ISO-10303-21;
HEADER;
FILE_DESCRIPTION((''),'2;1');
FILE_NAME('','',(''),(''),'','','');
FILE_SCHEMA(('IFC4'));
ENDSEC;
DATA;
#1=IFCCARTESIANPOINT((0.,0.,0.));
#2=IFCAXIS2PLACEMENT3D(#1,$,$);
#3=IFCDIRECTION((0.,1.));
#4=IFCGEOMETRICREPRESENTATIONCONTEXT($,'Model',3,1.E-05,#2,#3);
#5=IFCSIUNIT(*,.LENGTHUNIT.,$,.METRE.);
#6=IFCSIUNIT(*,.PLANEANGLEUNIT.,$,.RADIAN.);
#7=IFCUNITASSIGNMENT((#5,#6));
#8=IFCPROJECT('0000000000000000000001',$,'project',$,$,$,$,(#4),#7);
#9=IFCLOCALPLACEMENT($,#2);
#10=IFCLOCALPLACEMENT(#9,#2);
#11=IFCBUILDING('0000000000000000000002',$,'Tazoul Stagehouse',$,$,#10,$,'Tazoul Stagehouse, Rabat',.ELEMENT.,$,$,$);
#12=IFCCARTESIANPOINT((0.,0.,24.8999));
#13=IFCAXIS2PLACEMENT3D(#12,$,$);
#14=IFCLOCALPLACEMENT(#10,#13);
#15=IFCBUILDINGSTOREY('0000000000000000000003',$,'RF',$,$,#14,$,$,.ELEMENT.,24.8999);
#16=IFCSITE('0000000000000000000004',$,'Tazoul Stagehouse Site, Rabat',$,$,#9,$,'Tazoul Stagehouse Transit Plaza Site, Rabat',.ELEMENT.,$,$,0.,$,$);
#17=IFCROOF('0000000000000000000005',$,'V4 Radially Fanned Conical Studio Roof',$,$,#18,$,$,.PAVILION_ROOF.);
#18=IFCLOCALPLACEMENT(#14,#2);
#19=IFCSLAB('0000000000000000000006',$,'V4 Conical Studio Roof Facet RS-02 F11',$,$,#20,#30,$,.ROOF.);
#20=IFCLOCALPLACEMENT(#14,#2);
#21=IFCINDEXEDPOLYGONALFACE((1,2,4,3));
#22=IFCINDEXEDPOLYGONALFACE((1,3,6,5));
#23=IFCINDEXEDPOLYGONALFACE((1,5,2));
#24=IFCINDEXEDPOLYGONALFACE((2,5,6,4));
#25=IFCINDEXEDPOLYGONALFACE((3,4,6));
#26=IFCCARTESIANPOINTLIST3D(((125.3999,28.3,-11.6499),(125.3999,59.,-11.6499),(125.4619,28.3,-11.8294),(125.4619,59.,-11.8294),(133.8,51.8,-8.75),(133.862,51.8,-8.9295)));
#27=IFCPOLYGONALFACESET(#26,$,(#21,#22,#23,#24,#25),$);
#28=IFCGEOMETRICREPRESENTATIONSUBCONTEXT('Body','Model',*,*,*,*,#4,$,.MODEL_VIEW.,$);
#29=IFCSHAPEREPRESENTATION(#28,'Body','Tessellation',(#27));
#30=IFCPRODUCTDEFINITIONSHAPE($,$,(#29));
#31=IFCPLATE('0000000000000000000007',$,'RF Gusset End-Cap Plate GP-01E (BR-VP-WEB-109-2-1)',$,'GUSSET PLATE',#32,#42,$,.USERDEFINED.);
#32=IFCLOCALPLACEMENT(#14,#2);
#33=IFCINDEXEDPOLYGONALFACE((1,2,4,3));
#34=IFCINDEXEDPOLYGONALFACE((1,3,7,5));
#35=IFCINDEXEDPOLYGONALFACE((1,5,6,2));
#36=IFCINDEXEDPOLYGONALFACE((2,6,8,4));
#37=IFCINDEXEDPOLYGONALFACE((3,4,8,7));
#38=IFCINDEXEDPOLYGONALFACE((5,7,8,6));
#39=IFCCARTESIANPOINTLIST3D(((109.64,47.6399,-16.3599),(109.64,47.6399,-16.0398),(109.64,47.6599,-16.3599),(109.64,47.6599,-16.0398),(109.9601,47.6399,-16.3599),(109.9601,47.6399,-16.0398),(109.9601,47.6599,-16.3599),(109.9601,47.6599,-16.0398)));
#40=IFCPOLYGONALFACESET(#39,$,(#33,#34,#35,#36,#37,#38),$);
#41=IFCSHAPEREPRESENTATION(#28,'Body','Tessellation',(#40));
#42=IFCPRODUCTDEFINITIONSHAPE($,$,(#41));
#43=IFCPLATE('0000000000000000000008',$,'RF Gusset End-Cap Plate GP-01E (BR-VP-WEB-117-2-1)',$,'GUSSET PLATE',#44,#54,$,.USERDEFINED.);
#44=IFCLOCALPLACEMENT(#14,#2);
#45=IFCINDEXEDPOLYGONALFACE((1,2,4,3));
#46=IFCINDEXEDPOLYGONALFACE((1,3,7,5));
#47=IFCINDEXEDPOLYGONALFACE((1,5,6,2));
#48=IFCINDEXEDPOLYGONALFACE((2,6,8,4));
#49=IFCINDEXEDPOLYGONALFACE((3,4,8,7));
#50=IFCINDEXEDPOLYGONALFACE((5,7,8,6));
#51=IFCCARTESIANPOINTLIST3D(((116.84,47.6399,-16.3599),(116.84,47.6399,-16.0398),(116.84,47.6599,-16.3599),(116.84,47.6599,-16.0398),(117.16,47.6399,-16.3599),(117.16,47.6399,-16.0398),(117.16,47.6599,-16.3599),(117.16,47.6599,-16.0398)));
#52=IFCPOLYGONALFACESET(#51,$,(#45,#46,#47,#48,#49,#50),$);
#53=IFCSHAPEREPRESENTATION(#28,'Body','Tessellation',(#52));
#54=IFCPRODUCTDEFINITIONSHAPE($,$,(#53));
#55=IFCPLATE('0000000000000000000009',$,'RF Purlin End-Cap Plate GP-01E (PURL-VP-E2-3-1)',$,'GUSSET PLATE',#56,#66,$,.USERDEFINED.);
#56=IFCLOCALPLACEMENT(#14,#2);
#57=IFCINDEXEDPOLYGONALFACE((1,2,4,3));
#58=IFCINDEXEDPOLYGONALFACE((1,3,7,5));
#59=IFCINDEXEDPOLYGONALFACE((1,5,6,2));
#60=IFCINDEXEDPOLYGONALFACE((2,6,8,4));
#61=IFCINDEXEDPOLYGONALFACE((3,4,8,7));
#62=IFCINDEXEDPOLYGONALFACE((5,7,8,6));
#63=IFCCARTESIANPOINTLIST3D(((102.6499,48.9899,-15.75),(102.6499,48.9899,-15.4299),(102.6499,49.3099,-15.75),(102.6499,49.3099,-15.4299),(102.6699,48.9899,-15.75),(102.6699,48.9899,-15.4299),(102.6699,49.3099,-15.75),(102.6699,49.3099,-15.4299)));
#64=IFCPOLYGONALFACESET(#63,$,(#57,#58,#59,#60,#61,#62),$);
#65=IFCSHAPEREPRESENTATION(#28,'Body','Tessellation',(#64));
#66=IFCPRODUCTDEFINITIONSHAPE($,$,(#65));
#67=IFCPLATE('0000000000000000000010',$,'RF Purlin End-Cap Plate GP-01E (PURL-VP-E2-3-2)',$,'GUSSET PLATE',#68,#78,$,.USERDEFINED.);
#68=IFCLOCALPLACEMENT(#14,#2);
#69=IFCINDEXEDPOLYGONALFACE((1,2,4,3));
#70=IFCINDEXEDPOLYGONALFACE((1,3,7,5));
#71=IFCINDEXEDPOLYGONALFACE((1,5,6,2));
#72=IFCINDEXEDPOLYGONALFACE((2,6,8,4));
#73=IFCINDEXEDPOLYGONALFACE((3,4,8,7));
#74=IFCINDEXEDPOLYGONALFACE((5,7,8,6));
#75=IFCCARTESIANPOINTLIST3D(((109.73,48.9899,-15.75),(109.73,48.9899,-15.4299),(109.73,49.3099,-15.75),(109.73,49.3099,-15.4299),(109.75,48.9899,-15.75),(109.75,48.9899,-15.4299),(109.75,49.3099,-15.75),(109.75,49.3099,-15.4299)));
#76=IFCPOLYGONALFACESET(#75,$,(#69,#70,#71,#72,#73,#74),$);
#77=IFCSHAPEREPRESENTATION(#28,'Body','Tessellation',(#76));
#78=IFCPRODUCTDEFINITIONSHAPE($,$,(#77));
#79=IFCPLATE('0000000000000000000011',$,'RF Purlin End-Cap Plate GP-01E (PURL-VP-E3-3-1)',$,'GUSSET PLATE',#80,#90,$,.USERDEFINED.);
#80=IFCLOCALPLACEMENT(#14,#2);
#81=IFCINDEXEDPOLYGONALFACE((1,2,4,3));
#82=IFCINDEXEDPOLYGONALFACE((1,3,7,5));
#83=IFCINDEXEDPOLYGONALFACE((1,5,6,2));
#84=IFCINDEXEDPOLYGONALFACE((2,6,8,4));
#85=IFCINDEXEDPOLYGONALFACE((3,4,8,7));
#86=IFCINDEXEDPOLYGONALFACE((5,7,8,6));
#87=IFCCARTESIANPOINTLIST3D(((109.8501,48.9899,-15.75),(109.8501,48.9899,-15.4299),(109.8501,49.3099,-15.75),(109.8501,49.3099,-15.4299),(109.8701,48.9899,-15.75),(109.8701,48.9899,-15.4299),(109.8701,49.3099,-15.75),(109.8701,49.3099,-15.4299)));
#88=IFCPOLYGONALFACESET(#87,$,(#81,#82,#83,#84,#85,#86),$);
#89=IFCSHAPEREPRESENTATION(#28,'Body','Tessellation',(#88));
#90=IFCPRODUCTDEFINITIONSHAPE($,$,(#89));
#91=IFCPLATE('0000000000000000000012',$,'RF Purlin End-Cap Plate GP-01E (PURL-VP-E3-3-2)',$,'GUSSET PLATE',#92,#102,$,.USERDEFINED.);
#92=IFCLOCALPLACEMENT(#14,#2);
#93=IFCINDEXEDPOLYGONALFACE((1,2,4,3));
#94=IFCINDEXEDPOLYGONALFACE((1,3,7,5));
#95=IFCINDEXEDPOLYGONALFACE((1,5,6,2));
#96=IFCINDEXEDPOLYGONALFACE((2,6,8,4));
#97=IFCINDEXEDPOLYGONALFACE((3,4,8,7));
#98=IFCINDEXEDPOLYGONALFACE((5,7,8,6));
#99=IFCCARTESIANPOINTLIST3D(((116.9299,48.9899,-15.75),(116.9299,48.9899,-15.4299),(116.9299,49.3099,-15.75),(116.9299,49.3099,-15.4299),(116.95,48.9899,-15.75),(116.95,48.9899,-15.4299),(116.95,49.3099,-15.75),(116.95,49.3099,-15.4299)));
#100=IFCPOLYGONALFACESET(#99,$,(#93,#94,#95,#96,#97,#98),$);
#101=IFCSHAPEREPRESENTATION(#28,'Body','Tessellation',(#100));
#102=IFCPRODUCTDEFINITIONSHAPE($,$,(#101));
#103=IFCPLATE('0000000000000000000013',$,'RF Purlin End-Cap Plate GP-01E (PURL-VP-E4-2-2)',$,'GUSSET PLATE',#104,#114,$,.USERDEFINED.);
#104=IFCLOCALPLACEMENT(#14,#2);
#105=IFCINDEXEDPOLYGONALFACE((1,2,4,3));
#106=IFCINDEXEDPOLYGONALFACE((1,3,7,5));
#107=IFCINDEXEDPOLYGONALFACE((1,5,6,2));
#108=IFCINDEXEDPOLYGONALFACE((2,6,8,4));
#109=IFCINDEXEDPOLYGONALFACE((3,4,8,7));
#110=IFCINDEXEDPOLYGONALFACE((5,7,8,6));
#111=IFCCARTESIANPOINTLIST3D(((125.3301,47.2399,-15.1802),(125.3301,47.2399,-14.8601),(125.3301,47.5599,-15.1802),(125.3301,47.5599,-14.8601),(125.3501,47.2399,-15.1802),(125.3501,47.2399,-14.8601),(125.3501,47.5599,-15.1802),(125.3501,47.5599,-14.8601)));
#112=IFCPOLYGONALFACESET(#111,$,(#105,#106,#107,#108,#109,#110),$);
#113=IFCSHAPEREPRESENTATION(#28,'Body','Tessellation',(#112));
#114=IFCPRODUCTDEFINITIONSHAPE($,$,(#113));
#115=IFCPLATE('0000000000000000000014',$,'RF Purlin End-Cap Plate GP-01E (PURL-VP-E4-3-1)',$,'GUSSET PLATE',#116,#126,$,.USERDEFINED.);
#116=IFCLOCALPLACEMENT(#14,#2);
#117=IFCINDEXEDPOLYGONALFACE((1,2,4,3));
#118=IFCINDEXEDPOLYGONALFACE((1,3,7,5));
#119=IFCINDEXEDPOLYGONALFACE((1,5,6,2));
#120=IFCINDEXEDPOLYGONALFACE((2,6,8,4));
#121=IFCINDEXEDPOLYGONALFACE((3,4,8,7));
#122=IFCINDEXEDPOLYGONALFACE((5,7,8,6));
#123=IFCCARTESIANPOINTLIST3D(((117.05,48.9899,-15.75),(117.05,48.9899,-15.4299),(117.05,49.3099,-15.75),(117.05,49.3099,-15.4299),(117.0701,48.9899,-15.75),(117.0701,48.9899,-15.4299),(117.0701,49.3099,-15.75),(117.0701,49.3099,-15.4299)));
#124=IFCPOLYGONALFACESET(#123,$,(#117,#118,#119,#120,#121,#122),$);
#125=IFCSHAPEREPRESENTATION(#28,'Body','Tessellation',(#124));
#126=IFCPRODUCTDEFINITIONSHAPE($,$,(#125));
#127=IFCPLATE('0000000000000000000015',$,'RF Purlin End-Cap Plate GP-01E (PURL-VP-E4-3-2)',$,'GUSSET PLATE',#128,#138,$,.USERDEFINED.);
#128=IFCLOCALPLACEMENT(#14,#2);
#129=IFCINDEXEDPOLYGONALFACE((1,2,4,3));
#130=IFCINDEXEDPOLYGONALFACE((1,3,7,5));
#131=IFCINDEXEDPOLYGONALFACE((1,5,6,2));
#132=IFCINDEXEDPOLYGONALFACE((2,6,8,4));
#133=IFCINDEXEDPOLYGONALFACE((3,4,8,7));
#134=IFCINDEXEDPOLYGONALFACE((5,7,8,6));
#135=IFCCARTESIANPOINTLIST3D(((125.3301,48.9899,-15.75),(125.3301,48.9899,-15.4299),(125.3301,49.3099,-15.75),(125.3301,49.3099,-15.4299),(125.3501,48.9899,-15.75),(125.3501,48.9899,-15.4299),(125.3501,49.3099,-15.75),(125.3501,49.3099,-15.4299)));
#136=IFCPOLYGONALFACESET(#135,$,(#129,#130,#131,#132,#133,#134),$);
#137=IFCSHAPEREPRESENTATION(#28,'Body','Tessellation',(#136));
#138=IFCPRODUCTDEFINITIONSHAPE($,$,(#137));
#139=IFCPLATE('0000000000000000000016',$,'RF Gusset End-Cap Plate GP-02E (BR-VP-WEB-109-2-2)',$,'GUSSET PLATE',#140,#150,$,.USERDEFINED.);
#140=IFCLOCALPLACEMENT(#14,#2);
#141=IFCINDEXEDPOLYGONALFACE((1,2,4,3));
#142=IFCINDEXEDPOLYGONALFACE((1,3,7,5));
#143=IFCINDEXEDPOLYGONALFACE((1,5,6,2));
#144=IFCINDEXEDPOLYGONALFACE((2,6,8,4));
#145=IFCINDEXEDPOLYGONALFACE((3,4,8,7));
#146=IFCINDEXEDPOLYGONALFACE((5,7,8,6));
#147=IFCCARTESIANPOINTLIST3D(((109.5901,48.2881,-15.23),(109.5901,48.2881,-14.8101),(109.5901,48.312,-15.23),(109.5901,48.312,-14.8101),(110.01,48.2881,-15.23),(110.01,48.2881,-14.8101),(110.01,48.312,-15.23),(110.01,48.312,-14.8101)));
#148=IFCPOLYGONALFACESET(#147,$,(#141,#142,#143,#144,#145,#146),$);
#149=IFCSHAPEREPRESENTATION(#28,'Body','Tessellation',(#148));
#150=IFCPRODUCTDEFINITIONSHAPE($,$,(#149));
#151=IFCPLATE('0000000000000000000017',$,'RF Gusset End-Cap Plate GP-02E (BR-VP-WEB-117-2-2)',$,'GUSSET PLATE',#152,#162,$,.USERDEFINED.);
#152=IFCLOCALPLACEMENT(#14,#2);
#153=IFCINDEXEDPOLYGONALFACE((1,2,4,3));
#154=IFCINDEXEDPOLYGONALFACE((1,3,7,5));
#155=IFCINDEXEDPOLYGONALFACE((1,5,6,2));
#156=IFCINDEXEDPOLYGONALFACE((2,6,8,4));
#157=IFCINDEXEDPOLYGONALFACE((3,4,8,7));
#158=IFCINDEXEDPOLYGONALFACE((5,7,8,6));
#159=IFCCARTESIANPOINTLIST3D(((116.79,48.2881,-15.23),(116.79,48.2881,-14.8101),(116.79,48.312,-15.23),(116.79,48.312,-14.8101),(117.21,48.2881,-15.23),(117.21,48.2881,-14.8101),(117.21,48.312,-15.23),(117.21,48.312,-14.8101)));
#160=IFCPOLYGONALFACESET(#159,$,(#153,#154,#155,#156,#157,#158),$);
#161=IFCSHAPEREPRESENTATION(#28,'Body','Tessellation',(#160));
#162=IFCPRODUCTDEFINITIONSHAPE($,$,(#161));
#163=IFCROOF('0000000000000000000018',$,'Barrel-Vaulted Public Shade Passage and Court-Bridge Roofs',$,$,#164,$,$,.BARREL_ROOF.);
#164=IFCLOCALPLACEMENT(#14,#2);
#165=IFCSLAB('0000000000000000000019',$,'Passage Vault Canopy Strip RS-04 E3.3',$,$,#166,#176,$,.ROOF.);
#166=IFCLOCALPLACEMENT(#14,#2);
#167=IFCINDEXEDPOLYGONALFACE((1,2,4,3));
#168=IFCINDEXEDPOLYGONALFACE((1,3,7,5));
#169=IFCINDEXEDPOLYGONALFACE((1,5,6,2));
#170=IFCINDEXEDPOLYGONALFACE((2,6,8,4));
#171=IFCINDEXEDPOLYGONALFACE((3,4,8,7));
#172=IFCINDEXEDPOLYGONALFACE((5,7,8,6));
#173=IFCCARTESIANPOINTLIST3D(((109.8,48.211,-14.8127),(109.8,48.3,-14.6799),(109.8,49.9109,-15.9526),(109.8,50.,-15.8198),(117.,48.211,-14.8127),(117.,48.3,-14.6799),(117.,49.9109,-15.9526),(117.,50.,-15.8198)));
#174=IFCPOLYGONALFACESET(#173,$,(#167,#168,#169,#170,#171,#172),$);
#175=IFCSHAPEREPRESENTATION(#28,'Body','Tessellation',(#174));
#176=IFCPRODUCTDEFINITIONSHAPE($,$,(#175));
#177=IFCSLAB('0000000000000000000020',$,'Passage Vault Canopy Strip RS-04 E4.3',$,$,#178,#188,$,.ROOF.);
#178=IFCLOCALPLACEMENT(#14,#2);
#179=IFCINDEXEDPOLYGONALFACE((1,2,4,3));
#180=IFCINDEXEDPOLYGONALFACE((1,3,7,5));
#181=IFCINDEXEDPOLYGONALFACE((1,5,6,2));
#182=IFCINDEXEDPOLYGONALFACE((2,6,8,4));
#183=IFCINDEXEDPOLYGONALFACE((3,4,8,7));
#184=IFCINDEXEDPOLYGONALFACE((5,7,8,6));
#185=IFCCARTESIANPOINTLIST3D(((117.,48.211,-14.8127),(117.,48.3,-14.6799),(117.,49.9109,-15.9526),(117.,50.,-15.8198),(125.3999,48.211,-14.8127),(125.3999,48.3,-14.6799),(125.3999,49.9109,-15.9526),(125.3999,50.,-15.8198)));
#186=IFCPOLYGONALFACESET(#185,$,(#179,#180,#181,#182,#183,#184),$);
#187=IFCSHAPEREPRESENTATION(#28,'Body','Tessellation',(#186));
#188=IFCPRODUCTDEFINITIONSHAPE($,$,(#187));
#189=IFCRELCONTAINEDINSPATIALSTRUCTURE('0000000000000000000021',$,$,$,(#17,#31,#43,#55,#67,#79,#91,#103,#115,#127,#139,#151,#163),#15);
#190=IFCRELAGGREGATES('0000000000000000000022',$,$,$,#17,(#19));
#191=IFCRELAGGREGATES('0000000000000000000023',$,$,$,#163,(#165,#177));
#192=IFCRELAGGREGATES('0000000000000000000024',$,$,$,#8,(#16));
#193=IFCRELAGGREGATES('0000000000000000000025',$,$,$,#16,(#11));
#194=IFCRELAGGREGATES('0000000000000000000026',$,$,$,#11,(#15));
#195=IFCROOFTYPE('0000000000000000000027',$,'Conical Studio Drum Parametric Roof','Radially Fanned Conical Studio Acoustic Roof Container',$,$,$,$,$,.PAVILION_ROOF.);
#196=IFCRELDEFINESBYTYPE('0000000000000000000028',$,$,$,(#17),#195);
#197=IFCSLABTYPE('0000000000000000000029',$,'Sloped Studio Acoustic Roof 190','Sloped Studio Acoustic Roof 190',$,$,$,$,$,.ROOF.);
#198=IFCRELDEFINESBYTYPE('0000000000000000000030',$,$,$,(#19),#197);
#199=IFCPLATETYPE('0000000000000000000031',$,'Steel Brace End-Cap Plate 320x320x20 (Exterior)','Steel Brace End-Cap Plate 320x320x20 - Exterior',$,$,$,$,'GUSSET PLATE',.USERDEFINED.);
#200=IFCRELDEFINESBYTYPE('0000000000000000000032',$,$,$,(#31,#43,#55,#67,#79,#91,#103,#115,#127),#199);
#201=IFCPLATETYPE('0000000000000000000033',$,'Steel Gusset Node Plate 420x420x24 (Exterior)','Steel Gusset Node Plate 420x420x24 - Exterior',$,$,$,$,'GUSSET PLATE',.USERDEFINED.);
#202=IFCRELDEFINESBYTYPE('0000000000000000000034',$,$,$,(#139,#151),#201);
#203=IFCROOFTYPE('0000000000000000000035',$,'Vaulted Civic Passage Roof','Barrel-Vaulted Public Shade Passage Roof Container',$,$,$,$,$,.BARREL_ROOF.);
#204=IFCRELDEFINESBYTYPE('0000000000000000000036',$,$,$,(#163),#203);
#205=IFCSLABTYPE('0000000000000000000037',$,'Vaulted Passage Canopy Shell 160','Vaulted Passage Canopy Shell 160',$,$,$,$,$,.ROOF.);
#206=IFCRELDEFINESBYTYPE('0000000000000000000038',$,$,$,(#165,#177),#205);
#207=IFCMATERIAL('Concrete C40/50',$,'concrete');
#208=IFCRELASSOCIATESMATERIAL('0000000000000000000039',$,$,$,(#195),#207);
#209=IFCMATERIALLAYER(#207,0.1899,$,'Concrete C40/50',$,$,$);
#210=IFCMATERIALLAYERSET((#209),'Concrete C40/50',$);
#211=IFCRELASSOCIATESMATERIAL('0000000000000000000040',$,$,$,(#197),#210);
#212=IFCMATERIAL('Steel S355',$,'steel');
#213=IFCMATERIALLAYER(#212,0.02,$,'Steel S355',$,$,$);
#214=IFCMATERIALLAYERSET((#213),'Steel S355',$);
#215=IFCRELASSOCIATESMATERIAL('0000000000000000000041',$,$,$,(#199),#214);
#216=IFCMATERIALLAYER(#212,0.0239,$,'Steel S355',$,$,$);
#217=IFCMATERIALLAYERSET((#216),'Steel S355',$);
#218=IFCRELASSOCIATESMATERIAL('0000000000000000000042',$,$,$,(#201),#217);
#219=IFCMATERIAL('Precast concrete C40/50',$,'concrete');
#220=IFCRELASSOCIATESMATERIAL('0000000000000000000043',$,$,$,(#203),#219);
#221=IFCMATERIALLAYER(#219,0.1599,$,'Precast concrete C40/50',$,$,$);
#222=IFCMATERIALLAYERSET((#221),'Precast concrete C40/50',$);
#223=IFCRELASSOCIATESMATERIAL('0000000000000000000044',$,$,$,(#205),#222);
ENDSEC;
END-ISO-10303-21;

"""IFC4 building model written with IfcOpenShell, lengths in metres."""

from ifc_helpers import new_model, si_unit, direction, frame, origin, origin_2d, place, context, subcontext, project, spatial, polyline, rectangle, outline, extrude, material, layer, layer_set, type_object, element, aggregate, save


model = new_model("IFC4")

# Units and contexts
model_context = context("Model", 3, precision=1e-05, world=origin(), true_north=direction((0.0, 1.0)))
body_context = subcontext(model_context, "Body", "Model", "MODEL_VIEW")
ifc_project = project(units=[si_unit("LENGTHUNIT", "METRE"), si_unit("PLANEANGLEUNIT", "RADIAN")], contexts=[model_context])

# Site, building, storey
site_placement = place(None, origin())
site = spatial("IfcSite", under=ifc_project, at=site_placement, Name="Tazoul Stagehouse Site, Rabat", LongName="Tazoul Stagehouse Transit Plaza Site, Rabat", CompositionType="ELEMENT", RefElevation=0.0)
building_placement = place(site_placement, origin())
building = spatial("IfcBuilding", under=site, at=building_placement, Name="Tazoul Stagehouse", LongName="Tazoul Stagehouse, Rabat", CompositionType="ELEMENT")
storey_placement = place(building_placement, frame((0.0, 0.0, 24.8999)))
storey = spatial("IfcBuildingStorey", under=building, at=storey_placement, Name="RF", CompositionType="ELEMENT", Elevation=24.8999)

# Shared definitions
ifc_material_1 = material(Name="Concrete C40/50", Category="concrete")

# Shared definitions
ifc_material_2 = material(Name="Steel S355", Category="steel")

# Roof, slab
roof_type_1 = type_object("IfcRoofType", Name="Conical Studio Drum Parametric Roof", Description="Radially Fanned Conical Studio Acoustic Roof Container", PredefinedType="PAVILION_ROOF", material=ifc_material_1)
roof_1_placement = place(storey_placement, origin())
roof_1 = element("IfcRoof", 1, at=roof_1_placement, inside=storey, type_object=roof_type_1, Name="V4 Radially Fanned Conical Studio Roof", PredefinedType="PAVILION_ROOF")
ifc_layer_1 = layer(ifc_material_1, 0.1899, Name="Concrete C40/50")
ifc_layer_set_1 = layer_set([ifc_layer_1], Name="Concrete C40/50")
slab_type_1 = type_object("IfcSlabType", Name="Sloped Studio Acoustic Roof 190", Description="Sloped Studio Acoustic Roof 190", PredefinedType="ROOF", material=ifc_layer_set_1)
slab_1_placement = place(storey_placement, frame((133.8, 51.8, -8.75), z_axis=(-0.326323, 0.0, 0.945258), x_axis=(-0.334346, -0.935356, -0.115423)))
slab_1 = element("IfcSlab", 2, at=slab_1_placement, type_object=slab_type_1, Name="V4 Conical Studio Roof Facet RS-02 F11", PredefinedType="ROOF", context=body_context, shape_type="SweptSolid", body=[
    extrude(outline(polyline([(0.0, 0.0), (25.1241, 0.0), (-3.5912, -10.8588), (0.0, 0.0)])), origin(), (0.0, 0.0, -1.0), 0.1899),
])
aggregate(roof_1, [slab_1])

# Plates
ifc_layer_2 = layer(ifc_material_2, 0.02, Name="Steel S355")
ifc_layer_set_2 = layer_set([ifc_layer_2], Name="Steel S355")
plate_type_1 = type_object("IfcPlateType", Name="Steel Brace End-Cap Plate 320x320x20 (Exterior)", Description="Steel Brace End-Cap Plate 320x320x20 - Exterior", ElementType="GUSSET PLATE", PredefinedType="USERDEFINED", material=ifc_layer_set_2)
for number, where, z_axis, x_axis, name in (
    (3, (109.8, 47.6499, -16.3599), (0.0, 0.0, 1.0), (0.0, 1.0, 0.0), "RF Gusset End-Cap Plate GP-01E (BR-VP-WEB-109-2-1)"),
    (4, (117.0, 47.6499, -16.3599), (0.0, 0.0, 1.0), (0.0, 1.0, 0.0), "RF Gusset End-Cap Plate GP-01E (BR-VP-WEB-117-2-1)"),
    (5, (102.6599, 49.1499, -15.75), (0.0, 0.0, 1.0), (1.0, 0.0, 0.0), "RF Purlin End-Cap Plate GP-01E (PURL-VP-E2-3-1)"),
    (6, (109.74, 49.1499, -15.75), (0.0, 0.0, 1.0), (1.0, 0.0, 0.0), "RF Purlin End-Cap Plate GP-01E (PURL-VP-E2-3-2)"),
    (7, (109.8601, 49.1499, -15.75), (0.0, 0.0, 1.0), (1.0, 0.0, 0.0), "RF Purlin End-Cap Plate GP-01E (PURL-VP-E3-3-1)"),
    (8, (116.9399, 49.1499, -15.75), (0.0, 0.0, 1.0), (1.0, 0.0, 0.0), "RF Purlin End-Cap Plate GP-01E (PURL-VP-E3-3-2)"),
    (9, (125.3401, 47.3999, -15.1802), (0.0, 0.0, 1.0), (1.0, 0.0, 0.0), "RF Purlin End-Cap Plate GP-01E (PURL-VP-E4-2-2)"),
    (10, (117.0601, 49.1499, -15.75), (0.0, 0.0, 1.0), (1.0, 0.0, 0.0), "RF Purlin End-Cap Plate GP-01E (PURL-VP-E4-3-1)"),
    (11, (125.3401, 49.1499, -15.75), (0.0, 0.0, 1.0), (1.0, 0.0, 0.0), "RF Purlin End-Cap Plate GP-01E (PURL-VP-E4-3-2)"),
):
    element("IfcPlate", number, at=place(storey_placement, frame(where, z_axis=z_axis, x_axis=x_axis)), inside=storey, type_object=plate_type_1, Name=name, ObjectType="GUSSET PLATE", PredefinedType="USERDEFINED", context=body_context, shape_type="SweptSolid", body=[
        extrude(rectangle(XDim=0.02, YDim=0.3201, at=origin_2d()), origin(), (0.0, 0.0, 1.0), 0.3201),
    ])
ifc_layer_3 = layer(ifc_material_2, 0.0239, Name="Steel S355")
ifc_layer_set_3 = layer_set([ifc_layer_3], Name="Steel S355")
plate_type_2 = type_object("IfcPlateType", Name="Steel Gusset Node Plate 420x420x24 (Exterior)", Description="Steel Gusset Node Plate 420x420x24 - Exterior", ElementType="GUSSET PLATE", PredefinedType="USERDEFINED", material=ifc_layer_set_3)
for number, where, z_axis, x_axis, name in (
    (12, (109.8, 48.3, -15.23), (0.0, 0.0, 1.0), (0.0, 1.0, 0.0), "RF Gusset End-Cap Plate GP-02E (BR-VP-WEB-109-2-2)"),
    (13, (117.0, 48.3, -15.23), (0.0, 0.0, 1.0), (0.0, 1.0, 0.0), "RF Gusset End-Cap Plate GP-02E (BR-VP-WEB-117-2-2)"),
):
    element("IfcPlate", number, at=place(storey_placement, frame(where, z_axis=z_axis, x_axis=x_axis)), inside=storey, type_object=plate_type_2, Name=name, ObjectType="GUSSET PLATE", PredefinedType="USERDEFINED", context=body_context, shape_type="SweptSolid", body=[
        extrude(rectangle(XDim=0.0239, YDim=0.4199, at=origin_2d()), origin(), (0.0, 0.0, 1.0), 0.4199),
    ])

# Roof, slabs
ifc_material_3 = material(Name="Precast concrete C40/50", Category="concrete")
roof_type_2 = type_object("IfcRoofType", Name="Vaulted Civic Passage Roof", Description="Barrel-Vaulted Public Shade Passage Roof Container", PredefinedType="BARREL_ROOF", material=ifc_material_3)
roof_2_placement = place(storey_placement, origin())
roof_2 = element("IfcRoof", 14, at=roof_2_placement, inside=storey, type_object=roof_type_2, Name="Barrel-Vaulted Public Shade Passage and Court-Bridge Roofs", PredefinedType="BARREL_ROOF")
ifc_layer_4 = layer(ifc_material_3, 0.1599, Name="Precast concrete C40/50")
ifc_layer_set_4 = layer_set([ifc_layer_4], Name="Precast concrete C40/50")
slab_type_2 = type_object("IfcSlabType", Name="Vaulted Passage Canopy Shell 160", Description="Vaulted Passage Canopy Shell 160", PredefinedType="ROOF", material=ifc_layer_set_4)
slab_2_placement = place(storey_placement, frame((109.8, 48.3, -14.6799), z_axis=(0.0, 0.556928, 0.830561), x_axis=(1.0, 0.0, 0.0)))
slab_2 = element("IfcSlab", 15, at=slab_2_placement, type_object=slab_type_2, Name="Passage Vault Canopy Strip RS-04 E3.3", PredefinedType="ROOF", context=body_context, shape_type="SweptSolid", body=[
    extrude(outline(polyline([(0.0, 0.0), (7.2, 0.0), (7.2, 2.0468), (0.0, 2.0468), (0.0, 0.0)])), origin(), (0.0, 0.0, -1.0), 0.1599),
])
slab_3_placement = place(storey_placement, frame((117.0, 48.3, -14.6799), z_axis=(0.0, 0.556928, 0.830561), x_axis=(1.0, 0.0, 0.0)))
slab_3 = element("IfcSlab", 16, at=slab_3_placement, type_object=slab_type_2, Name="Passage Vault Canopy Strip RS-04 E4.3", PredefinedType="ROOF", context=body_context, shape_type="SweptSolid", body=[
    extrude(outline(polyline([(0.0, 0.0), (8.3999, 0.0), (8.3999, 2.0468), (0.0, 2.0468), (0.0, 0.0)])), origin(), (0.0, 0.0, -1.0), 0.1599),
])
aggregate(roof_2, [slab_2, slab_3])

save(model, "model.ifc")
